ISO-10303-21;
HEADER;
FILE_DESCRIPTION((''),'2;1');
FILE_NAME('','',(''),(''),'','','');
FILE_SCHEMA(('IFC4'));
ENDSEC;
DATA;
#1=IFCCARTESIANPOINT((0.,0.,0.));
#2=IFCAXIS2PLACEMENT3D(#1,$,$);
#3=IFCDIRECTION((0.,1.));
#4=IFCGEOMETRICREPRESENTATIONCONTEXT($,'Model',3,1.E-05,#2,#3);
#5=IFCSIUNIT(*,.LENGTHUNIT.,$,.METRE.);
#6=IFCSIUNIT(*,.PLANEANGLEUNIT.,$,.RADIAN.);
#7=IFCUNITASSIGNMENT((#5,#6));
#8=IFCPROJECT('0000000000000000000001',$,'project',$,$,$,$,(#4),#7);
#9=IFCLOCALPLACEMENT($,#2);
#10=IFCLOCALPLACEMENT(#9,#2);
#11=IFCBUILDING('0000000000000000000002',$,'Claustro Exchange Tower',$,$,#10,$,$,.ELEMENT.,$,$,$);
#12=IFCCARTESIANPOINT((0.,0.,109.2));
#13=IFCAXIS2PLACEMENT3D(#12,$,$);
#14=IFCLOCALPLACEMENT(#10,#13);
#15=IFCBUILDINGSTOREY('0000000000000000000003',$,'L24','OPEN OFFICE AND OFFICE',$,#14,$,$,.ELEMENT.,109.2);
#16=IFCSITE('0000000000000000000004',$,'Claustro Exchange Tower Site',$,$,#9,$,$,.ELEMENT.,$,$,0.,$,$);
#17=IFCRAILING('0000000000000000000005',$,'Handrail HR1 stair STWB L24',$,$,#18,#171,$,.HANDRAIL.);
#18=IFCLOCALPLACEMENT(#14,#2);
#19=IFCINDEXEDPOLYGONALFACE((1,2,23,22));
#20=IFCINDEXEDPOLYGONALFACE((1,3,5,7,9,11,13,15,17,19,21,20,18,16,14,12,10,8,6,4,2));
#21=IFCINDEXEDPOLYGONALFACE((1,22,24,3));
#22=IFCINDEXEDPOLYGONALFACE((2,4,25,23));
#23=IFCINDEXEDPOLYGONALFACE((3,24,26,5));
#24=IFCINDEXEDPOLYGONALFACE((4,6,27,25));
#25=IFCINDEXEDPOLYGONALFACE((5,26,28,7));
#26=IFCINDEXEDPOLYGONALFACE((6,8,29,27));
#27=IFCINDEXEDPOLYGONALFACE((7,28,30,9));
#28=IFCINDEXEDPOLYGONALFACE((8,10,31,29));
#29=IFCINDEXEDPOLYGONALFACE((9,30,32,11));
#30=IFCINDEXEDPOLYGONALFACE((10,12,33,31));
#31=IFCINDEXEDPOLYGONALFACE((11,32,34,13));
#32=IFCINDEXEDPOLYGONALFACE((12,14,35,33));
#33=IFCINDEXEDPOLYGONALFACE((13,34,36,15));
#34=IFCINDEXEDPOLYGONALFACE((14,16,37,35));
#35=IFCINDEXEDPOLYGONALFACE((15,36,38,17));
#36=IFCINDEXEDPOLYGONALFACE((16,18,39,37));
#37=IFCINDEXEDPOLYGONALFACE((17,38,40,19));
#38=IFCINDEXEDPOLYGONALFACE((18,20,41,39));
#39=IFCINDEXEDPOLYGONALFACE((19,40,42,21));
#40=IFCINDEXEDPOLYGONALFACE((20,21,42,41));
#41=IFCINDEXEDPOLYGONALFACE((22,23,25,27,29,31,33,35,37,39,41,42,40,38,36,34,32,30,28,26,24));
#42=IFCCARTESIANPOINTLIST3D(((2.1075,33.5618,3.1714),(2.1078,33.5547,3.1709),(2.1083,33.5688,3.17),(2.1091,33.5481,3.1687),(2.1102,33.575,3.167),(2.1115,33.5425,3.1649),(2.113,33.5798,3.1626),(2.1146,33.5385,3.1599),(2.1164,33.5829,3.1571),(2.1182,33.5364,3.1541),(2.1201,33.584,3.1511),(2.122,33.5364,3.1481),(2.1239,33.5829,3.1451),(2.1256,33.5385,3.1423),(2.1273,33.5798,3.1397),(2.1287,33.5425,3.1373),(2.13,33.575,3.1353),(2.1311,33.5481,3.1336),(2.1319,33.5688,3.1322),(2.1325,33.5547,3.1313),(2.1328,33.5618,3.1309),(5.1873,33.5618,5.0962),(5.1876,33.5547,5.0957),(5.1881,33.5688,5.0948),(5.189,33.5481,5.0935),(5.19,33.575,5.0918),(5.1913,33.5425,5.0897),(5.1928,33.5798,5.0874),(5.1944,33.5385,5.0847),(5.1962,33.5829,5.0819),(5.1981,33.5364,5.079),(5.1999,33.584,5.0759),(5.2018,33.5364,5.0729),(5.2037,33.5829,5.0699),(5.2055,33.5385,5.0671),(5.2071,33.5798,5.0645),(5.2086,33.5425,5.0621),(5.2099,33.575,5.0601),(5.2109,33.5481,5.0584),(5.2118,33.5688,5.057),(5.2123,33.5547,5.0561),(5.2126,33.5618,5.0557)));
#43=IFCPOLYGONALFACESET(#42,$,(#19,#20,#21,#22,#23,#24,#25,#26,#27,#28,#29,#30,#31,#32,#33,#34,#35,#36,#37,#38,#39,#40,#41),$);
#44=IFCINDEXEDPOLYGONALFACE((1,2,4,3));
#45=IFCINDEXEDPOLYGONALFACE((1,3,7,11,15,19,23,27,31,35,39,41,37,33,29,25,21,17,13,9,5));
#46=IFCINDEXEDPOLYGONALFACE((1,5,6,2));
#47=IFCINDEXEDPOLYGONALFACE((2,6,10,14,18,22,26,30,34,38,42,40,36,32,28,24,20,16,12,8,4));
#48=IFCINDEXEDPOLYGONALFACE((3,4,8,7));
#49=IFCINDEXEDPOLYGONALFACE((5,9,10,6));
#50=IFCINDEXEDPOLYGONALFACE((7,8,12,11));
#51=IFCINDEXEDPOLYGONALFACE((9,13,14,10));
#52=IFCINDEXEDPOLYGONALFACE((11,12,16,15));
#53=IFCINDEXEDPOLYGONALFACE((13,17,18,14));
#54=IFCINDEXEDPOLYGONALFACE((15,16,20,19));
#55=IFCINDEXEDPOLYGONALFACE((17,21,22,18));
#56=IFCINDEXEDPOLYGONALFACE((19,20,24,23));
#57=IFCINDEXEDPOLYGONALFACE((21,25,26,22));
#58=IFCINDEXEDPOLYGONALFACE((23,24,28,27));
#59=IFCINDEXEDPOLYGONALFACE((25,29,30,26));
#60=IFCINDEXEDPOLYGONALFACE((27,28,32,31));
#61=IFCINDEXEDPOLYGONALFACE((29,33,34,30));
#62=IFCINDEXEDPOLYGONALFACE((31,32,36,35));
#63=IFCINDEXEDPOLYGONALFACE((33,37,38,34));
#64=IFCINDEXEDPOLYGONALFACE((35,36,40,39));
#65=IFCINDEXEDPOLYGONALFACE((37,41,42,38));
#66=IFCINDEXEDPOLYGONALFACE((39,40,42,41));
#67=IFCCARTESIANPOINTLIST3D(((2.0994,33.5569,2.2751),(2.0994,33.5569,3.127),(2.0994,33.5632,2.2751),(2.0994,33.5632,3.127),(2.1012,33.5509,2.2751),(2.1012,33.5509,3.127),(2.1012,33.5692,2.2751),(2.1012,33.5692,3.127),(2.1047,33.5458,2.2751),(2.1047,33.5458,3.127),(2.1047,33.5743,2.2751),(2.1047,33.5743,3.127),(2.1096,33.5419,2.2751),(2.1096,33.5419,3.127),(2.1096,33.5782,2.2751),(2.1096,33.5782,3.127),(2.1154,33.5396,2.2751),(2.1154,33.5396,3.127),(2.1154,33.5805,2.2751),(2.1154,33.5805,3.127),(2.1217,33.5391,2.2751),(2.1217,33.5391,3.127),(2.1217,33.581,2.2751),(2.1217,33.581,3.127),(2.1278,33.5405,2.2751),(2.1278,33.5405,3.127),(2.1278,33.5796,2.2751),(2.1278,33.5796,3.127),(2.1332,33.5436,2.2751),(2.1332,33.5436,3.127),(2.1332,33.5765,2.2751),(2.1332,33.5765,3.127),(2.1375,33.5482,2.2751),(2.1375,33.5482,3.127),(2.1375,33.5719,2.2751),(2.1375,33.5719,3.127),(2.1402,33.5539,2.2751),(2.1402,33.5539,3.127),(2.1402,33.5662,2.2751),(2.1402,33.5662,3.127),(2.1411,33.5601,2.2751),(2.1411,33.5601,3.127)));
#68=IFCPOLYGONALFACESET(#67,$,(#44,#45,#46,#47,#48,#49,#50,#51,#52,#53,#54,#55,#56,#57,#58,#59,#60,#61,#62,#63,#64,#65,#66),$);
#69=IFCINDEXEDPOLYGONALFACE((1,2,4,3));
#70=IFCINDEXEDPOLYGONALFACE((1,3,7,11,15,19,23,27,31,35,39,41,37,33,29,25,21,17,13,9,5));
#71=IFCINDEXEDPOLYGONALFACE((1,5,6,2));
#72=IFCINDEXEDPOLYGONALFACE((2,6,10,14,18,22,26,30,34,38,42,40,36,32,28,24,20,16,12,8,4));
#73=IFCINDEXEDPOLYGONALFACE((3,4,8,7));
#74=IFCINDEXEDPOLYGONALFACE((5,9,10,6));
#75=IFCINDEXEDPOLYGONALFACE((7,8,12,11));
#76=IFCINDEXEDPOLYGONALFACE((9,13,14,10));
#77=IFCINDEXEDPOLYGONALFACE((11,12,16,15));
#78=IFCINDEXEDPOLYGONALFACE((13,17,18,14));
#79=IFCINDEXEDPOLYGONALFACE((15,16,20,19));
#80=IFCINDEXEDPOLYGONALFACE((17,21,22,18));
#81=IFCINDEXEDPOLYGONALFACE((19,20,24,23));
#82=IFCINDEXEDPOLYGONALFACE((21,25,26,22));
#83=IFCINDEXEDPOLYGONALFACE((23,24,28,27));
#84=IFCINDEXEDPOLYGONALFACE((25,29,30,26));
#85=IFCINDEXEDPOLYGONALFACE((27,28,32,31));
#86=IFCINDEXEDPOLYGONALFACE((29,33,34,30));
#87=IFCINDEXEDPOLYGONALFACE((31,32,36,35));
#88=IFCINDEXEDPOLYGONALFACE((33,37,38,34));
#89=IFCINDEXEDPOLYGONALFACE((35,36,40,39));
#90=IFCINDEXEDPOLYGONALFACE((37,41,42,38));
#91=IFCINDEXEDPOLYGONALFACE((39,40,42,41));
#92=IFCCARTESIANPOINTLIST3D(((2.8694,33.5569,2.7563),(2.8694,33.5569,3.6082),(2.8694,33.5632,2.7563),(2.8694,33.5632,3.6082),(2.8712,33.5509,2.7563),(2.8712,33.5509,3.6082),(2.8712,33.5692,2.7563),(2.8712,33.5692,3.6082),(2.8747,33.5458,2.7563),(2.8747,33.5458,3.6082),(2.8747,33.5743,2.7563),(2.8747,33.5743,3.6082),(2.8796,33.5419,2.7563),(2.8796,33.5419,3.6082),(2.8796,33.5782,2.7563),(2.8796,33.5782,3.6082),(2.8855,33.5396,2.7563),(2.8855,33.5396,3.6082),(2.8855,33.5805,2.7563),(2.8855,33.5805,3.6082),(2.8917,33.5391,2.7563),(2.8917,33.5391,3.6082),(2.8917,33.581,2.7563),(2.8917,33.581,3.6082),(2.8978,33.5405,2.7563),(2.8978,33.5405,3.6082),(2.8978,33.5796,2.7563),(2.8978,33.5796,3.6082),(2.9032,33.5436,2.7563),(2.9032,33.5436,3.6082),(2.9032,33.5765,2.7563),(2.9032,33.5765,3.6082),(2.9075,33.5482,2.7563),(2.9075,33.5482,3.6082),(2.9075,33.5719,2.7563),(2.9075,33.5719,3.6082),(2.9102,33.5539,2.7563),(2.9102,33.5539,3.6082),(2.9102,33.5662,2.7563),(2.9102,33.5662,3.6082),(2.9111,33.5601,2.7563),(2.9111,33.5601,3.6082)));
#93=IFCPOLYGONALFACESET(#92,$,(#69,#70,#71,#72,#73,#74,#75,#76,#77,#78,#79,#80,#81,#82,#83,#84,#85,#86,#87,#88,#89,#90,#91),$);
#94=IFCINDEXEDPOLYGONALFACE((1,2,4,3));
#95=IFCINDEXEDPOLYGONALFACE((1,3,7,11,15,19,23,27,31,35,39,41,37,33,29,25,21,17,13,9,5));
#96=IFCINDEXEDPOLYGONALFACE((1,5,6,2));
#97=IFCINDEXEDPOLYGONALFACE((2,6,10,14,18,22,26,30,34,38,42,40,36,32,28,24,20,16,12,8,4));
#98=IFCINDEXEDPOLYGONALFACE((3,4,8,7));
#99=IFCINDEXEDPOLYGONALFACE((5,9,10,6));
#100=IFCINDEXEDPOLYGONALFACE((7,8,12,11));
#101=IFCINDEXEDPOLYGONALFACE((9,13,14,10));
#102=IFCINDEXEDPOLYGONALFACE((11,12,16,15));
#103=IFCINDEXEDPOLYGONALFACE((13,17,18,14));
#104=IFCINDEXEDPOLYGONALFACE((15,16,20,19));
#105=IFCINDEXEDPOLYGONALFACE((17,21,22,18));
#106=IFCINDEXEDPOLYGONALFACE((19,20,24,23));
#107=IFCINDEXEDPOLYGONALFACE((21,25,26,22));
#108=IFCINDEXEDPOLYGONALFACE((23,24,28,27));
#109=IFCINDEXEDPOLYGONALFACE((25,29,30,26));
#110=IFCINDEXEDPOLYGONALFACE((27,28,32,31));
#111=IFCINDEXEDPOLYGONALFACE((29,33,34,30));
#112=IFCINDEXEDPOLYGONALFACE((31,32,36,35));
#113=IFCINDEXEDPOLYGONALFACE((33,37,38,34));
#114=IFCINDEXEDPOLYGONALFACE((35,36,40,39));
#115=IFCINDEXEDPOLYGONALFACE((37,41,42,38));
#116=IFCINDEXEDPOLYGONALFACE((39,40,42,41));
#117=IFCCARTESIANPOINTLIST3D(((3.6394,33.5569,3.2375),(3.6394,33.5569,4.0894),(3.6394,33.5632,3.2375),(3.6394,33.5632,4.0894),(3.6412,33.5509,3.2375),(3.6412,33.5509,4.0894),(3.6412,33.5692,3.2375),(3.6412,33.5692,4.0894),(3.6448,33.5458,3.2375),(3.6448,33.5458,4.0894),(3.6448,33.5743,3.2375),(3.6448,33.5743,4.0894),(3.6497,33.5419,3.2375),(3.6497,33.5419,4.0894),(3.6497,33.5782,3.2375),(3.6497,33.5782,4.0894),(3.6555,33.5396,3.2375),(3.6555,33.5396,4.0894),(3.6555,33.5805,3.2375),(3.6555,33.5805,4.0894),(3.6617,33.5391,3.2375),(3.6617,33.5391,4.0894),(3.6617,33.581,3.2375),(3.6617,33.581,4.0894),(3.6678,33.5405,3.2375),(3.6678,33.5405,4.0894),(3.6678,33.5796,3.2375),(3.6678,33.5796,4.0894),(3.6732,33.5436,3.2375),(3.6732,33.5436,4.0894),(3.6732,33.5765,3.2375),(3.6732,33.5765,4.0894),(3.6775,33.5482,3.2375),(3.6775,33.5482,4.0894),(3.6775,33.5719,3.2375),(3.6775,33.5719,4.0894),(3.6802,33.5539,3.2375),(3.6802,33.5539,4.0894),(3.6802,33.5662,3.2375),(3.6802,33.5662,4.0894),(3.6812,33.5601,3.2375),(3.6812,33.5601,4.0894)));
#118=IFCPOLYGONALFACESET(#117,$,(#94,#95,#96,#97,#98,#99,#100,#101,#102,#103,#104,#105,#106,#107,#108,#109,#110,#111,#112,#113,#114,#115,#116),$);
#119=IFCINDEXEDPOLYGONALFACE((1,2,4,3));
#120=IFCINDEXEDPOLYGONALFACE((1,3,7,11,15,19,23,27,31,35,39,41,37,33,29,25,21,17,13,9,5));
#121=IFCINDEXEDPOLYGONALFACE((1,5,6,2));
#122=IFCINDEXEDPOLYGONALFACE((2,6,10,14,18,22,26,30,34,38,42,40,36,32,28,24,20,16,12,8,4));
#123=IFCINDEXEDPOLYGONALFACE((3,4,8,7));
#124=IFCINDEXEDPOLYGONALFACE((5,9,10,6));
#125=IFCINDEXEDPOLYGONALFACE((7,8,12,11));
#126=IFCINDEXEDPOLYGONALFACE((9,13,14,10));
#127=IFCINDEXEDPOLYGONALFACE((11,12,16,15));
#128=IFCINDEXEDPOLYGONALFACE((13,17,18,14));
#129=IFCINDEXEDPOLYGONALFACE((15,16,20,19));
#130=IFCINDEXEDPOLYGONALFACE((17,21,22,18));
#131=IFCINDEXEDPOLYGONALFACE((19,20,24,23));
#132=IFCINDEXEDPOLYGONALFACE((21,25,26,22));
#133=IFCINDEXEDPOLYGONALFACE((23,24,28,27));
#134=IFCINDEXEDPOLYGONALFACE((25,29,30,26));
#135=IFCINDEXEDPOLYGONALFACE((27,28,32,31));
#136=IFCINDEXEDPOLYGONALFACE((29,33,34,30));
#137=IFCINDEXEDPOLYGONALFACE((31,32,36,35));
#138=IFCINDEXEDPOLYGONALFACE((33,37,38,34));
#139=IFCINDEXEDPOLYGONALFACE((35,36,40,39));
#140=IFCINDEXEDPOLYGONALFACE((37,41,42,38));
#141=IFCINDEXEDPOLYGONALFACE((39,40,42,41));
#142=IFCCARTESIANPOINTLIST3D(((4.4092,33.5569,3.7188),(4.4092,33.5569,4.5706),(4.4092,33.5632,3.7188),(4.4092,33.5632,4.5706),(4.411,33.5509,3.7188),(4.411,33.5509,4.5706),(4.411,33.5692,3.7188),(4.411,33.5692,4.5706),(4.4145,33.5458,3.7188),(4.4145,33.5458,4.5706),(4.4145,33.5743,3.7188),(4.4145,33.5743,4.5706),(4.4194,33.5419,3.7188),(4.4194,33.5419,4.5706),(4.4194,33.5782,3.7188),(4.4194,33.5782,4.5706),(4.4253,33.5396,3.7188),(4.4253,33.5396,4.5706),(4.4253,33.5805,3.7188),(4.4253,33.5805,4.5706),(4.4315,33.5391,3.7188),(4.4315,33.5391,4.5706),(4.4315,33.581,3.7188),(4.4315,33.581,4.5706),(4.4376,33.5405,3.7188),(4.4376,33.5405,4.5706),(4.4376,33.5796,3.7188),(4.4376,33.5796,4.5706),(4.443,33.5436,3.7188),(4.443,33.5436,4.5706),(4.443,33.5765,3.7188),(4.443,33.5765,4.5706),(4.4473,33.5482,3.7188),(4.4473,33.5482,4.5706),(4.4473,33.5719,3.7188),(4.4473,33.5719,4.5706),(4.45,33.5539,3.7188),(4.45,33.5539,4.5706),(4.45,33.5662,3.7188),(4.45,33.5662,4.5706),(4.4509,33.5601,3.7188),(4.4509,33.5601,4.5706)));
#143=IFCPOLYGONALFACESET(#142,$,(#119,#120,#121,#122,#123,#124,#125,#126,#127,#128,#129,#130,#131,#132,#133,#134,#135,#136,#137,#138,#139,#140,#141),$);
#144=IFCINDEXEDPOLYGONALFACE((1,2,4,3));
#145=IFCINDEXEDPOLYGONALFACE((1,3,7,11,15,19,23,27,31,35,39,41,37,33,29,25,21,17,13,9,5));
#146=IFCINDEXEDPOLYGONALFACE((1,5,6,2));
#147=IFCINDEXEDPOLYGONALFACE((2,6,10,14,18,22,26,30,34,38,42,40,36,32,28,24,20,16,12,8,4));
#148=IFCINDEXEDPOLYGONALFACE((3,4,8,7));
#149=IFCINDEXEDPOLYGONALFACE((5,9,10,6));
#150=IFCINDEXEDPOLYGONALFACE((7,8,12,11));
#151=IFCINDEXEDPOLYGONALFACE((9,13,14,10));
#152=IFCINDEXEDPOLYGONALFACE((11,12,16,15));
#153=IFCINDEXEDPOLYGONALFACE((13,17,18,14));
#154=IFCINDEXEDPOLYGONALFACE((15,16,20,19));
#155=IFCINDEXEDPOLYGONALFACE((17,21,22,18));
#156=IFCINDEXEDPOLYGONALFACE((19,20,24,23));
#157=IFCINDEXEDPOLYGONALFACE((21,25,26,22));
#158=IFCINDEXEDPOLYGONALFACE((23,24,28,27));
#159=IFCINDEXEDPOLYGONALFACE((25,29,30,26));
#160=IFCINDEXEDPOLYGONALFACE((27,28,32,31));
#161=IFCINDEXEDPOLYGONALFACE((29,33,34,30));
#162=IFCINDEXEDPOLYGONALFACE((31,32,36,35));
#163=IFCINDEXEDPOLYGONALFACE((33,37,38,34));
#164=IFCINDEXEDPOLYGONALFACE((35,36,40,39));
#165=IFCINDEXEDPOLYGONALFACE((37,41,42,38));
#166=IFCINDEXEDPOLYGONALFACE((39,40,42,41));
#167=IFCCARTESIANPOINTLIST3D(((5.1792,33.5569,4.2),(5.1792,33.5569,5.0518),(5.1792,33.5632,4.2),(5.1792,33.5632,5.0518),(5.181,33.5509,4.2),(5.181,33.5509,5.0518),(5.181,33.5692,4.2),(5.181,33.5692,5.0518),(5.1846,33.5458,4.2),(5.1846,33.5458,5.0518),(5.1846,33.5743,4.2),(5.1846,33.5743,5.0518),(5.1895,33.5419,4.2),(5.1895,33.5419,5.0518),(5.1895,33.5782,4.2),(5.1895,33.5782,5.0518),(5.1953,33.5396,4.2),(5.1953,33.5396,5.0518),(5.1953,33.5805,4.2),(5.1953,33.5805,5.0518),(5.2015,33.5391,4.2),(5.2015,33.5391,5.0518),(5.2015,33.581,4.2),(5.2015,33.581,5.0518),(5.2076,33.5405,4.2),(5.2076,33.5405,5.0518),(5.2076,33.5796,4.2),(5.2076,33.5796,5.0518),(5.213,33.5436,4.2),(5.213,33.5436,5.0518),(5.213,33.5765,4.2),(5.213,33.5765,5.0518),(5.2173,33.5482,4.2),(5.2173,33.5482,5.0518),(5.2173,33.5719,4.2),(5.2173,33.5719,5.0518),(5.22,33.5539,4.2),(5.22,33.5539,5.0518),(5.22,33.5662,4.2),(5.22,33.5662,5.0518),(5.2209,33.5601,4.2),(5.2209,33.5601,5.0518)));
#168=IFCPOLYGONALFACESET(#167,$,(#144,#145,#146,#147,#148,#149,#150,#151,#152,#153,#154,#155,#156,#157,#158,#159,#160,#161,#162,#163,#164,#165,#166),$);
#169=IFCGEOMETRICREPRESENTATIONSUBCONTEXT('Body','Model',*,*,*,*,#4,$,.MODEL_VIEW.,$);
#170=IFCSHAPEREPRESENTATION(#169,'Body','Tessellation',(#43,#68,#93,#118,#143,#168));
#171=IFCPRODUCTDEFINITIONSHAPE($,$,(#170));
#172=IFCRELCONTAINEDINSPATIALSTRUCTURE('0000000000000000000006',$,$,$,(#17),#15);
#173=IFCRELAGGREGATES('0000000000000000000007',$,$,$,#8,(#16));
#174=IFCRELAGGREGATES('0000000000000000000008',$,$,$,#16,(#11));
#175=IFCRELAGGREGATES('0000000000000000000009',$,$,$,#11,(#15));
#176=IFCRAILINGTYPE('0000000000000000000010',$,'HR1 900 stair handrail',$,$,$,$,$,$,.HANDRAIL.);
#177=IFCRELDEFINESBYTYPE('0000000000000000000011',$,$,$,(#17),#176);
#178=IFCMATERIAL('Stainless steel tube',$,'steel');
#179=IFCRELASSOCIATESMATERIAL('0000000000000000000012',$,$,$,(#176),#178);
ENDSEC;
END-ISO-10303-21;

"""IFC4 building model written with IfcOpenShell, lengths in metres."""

from ifc_helpers import new_model, si_unit, direction, frame, origin, origin_2d, place, context, subcontext, project, spatial, circle, extrude, material, type_object, element, save


model = new_model("IFC4")

# Units and contexts
model_context = context("Model", 3, precision=1e-05, world=origin(), true_north=direction((0.0, 1.0)))
body_context = subcontext(model_context, "Body", "Model", "MODEL_VIEW")
ifc_project = project(units=[si_unit("LENGTHUNIT", "METRE"), si_unit("PLANEANGLEUNIT", "RADIAN")], contexts=[model_context])

# Site, building, storey
site_placement = place(None, origin())
site = spatial("IfcSite", under=ifc_project, at=site_placement, Name="Claustro Exchange Tower Site", CompositionType="ELEMENT", RefElevation=0.0)
building_placement = place(site_placement, origin())
building = spatial("IfcBuilding", under=site, at=building_placement, Name="Claustro Exchange Tower", CompositionType="ELEMENT")
storey_placement = place(building_placement, frame((0.0, 0.0, 109.2)))
storey = spatial("IfcBuildingStorey", under=building, at=storey_placement, Name="L24", Description="OPEN OFFICE AND OFFICE", CompositionType="ELEMENT", Elevation=109.2)

# Railing
ifc_material_1 = material(Name="Stainless steel tube", Category="steel")
railing_type_1 = type_object("IfcRailingType", Name="HR1 900 stair handrail", PredefinedType="HANDRAIL", material=ifc_material_1)
railing_1_placement = place(storey_placement, frame((2.1201, 33.5601, 2.2751)))
element("IfcRailing", 1, at=railing_1_placement, inside=storey, type_object=railing_type_1, Name="Handrail HR1 stair STWB L24", PredefinedType="HANDRAIL", context=body_context, shape_type="SweptSolid", body=[
    extrude(circle(Radius=0.0239, at=origin_2d()), frame((0.0, 0.0, 0.876), z_axis=(0.84801, 0.0, 0.529981), x_axis=(0.0, 1.0, 0.0)), (0.0, 0.0, 1.0), 3.6318),
    extrude(circle(Radius=0.021, at=origin_2d()), origin(), (0.0, 0.0, 1.0), 0.8518),
    extrude(circle(Radius=0.021, at=origin_2d()), frame((0.77, 0.0, 0.4812)), (0.0, 0.0, 1.0), 0.8518),
    extrude(circle(Radius=0.021, at=origin_2d()), frame((1.54, 0.0, 0.9624)), (0.0, 0.0, 1.0), 0.8518),
    extrude(circle(Radius=0.021, at=origin_2d()), frame((2.3098, 0.0, 1.4436)), (0.0, 0.0, 1.0), 0.8518),
    extrude(circle(Radius=0.021, at=origin_2d()), frame((3.0798, 0.0, 1.9248)), (0.0, 0.0, 1.0), 0.8518),
])

save(model, "model.ifc")
